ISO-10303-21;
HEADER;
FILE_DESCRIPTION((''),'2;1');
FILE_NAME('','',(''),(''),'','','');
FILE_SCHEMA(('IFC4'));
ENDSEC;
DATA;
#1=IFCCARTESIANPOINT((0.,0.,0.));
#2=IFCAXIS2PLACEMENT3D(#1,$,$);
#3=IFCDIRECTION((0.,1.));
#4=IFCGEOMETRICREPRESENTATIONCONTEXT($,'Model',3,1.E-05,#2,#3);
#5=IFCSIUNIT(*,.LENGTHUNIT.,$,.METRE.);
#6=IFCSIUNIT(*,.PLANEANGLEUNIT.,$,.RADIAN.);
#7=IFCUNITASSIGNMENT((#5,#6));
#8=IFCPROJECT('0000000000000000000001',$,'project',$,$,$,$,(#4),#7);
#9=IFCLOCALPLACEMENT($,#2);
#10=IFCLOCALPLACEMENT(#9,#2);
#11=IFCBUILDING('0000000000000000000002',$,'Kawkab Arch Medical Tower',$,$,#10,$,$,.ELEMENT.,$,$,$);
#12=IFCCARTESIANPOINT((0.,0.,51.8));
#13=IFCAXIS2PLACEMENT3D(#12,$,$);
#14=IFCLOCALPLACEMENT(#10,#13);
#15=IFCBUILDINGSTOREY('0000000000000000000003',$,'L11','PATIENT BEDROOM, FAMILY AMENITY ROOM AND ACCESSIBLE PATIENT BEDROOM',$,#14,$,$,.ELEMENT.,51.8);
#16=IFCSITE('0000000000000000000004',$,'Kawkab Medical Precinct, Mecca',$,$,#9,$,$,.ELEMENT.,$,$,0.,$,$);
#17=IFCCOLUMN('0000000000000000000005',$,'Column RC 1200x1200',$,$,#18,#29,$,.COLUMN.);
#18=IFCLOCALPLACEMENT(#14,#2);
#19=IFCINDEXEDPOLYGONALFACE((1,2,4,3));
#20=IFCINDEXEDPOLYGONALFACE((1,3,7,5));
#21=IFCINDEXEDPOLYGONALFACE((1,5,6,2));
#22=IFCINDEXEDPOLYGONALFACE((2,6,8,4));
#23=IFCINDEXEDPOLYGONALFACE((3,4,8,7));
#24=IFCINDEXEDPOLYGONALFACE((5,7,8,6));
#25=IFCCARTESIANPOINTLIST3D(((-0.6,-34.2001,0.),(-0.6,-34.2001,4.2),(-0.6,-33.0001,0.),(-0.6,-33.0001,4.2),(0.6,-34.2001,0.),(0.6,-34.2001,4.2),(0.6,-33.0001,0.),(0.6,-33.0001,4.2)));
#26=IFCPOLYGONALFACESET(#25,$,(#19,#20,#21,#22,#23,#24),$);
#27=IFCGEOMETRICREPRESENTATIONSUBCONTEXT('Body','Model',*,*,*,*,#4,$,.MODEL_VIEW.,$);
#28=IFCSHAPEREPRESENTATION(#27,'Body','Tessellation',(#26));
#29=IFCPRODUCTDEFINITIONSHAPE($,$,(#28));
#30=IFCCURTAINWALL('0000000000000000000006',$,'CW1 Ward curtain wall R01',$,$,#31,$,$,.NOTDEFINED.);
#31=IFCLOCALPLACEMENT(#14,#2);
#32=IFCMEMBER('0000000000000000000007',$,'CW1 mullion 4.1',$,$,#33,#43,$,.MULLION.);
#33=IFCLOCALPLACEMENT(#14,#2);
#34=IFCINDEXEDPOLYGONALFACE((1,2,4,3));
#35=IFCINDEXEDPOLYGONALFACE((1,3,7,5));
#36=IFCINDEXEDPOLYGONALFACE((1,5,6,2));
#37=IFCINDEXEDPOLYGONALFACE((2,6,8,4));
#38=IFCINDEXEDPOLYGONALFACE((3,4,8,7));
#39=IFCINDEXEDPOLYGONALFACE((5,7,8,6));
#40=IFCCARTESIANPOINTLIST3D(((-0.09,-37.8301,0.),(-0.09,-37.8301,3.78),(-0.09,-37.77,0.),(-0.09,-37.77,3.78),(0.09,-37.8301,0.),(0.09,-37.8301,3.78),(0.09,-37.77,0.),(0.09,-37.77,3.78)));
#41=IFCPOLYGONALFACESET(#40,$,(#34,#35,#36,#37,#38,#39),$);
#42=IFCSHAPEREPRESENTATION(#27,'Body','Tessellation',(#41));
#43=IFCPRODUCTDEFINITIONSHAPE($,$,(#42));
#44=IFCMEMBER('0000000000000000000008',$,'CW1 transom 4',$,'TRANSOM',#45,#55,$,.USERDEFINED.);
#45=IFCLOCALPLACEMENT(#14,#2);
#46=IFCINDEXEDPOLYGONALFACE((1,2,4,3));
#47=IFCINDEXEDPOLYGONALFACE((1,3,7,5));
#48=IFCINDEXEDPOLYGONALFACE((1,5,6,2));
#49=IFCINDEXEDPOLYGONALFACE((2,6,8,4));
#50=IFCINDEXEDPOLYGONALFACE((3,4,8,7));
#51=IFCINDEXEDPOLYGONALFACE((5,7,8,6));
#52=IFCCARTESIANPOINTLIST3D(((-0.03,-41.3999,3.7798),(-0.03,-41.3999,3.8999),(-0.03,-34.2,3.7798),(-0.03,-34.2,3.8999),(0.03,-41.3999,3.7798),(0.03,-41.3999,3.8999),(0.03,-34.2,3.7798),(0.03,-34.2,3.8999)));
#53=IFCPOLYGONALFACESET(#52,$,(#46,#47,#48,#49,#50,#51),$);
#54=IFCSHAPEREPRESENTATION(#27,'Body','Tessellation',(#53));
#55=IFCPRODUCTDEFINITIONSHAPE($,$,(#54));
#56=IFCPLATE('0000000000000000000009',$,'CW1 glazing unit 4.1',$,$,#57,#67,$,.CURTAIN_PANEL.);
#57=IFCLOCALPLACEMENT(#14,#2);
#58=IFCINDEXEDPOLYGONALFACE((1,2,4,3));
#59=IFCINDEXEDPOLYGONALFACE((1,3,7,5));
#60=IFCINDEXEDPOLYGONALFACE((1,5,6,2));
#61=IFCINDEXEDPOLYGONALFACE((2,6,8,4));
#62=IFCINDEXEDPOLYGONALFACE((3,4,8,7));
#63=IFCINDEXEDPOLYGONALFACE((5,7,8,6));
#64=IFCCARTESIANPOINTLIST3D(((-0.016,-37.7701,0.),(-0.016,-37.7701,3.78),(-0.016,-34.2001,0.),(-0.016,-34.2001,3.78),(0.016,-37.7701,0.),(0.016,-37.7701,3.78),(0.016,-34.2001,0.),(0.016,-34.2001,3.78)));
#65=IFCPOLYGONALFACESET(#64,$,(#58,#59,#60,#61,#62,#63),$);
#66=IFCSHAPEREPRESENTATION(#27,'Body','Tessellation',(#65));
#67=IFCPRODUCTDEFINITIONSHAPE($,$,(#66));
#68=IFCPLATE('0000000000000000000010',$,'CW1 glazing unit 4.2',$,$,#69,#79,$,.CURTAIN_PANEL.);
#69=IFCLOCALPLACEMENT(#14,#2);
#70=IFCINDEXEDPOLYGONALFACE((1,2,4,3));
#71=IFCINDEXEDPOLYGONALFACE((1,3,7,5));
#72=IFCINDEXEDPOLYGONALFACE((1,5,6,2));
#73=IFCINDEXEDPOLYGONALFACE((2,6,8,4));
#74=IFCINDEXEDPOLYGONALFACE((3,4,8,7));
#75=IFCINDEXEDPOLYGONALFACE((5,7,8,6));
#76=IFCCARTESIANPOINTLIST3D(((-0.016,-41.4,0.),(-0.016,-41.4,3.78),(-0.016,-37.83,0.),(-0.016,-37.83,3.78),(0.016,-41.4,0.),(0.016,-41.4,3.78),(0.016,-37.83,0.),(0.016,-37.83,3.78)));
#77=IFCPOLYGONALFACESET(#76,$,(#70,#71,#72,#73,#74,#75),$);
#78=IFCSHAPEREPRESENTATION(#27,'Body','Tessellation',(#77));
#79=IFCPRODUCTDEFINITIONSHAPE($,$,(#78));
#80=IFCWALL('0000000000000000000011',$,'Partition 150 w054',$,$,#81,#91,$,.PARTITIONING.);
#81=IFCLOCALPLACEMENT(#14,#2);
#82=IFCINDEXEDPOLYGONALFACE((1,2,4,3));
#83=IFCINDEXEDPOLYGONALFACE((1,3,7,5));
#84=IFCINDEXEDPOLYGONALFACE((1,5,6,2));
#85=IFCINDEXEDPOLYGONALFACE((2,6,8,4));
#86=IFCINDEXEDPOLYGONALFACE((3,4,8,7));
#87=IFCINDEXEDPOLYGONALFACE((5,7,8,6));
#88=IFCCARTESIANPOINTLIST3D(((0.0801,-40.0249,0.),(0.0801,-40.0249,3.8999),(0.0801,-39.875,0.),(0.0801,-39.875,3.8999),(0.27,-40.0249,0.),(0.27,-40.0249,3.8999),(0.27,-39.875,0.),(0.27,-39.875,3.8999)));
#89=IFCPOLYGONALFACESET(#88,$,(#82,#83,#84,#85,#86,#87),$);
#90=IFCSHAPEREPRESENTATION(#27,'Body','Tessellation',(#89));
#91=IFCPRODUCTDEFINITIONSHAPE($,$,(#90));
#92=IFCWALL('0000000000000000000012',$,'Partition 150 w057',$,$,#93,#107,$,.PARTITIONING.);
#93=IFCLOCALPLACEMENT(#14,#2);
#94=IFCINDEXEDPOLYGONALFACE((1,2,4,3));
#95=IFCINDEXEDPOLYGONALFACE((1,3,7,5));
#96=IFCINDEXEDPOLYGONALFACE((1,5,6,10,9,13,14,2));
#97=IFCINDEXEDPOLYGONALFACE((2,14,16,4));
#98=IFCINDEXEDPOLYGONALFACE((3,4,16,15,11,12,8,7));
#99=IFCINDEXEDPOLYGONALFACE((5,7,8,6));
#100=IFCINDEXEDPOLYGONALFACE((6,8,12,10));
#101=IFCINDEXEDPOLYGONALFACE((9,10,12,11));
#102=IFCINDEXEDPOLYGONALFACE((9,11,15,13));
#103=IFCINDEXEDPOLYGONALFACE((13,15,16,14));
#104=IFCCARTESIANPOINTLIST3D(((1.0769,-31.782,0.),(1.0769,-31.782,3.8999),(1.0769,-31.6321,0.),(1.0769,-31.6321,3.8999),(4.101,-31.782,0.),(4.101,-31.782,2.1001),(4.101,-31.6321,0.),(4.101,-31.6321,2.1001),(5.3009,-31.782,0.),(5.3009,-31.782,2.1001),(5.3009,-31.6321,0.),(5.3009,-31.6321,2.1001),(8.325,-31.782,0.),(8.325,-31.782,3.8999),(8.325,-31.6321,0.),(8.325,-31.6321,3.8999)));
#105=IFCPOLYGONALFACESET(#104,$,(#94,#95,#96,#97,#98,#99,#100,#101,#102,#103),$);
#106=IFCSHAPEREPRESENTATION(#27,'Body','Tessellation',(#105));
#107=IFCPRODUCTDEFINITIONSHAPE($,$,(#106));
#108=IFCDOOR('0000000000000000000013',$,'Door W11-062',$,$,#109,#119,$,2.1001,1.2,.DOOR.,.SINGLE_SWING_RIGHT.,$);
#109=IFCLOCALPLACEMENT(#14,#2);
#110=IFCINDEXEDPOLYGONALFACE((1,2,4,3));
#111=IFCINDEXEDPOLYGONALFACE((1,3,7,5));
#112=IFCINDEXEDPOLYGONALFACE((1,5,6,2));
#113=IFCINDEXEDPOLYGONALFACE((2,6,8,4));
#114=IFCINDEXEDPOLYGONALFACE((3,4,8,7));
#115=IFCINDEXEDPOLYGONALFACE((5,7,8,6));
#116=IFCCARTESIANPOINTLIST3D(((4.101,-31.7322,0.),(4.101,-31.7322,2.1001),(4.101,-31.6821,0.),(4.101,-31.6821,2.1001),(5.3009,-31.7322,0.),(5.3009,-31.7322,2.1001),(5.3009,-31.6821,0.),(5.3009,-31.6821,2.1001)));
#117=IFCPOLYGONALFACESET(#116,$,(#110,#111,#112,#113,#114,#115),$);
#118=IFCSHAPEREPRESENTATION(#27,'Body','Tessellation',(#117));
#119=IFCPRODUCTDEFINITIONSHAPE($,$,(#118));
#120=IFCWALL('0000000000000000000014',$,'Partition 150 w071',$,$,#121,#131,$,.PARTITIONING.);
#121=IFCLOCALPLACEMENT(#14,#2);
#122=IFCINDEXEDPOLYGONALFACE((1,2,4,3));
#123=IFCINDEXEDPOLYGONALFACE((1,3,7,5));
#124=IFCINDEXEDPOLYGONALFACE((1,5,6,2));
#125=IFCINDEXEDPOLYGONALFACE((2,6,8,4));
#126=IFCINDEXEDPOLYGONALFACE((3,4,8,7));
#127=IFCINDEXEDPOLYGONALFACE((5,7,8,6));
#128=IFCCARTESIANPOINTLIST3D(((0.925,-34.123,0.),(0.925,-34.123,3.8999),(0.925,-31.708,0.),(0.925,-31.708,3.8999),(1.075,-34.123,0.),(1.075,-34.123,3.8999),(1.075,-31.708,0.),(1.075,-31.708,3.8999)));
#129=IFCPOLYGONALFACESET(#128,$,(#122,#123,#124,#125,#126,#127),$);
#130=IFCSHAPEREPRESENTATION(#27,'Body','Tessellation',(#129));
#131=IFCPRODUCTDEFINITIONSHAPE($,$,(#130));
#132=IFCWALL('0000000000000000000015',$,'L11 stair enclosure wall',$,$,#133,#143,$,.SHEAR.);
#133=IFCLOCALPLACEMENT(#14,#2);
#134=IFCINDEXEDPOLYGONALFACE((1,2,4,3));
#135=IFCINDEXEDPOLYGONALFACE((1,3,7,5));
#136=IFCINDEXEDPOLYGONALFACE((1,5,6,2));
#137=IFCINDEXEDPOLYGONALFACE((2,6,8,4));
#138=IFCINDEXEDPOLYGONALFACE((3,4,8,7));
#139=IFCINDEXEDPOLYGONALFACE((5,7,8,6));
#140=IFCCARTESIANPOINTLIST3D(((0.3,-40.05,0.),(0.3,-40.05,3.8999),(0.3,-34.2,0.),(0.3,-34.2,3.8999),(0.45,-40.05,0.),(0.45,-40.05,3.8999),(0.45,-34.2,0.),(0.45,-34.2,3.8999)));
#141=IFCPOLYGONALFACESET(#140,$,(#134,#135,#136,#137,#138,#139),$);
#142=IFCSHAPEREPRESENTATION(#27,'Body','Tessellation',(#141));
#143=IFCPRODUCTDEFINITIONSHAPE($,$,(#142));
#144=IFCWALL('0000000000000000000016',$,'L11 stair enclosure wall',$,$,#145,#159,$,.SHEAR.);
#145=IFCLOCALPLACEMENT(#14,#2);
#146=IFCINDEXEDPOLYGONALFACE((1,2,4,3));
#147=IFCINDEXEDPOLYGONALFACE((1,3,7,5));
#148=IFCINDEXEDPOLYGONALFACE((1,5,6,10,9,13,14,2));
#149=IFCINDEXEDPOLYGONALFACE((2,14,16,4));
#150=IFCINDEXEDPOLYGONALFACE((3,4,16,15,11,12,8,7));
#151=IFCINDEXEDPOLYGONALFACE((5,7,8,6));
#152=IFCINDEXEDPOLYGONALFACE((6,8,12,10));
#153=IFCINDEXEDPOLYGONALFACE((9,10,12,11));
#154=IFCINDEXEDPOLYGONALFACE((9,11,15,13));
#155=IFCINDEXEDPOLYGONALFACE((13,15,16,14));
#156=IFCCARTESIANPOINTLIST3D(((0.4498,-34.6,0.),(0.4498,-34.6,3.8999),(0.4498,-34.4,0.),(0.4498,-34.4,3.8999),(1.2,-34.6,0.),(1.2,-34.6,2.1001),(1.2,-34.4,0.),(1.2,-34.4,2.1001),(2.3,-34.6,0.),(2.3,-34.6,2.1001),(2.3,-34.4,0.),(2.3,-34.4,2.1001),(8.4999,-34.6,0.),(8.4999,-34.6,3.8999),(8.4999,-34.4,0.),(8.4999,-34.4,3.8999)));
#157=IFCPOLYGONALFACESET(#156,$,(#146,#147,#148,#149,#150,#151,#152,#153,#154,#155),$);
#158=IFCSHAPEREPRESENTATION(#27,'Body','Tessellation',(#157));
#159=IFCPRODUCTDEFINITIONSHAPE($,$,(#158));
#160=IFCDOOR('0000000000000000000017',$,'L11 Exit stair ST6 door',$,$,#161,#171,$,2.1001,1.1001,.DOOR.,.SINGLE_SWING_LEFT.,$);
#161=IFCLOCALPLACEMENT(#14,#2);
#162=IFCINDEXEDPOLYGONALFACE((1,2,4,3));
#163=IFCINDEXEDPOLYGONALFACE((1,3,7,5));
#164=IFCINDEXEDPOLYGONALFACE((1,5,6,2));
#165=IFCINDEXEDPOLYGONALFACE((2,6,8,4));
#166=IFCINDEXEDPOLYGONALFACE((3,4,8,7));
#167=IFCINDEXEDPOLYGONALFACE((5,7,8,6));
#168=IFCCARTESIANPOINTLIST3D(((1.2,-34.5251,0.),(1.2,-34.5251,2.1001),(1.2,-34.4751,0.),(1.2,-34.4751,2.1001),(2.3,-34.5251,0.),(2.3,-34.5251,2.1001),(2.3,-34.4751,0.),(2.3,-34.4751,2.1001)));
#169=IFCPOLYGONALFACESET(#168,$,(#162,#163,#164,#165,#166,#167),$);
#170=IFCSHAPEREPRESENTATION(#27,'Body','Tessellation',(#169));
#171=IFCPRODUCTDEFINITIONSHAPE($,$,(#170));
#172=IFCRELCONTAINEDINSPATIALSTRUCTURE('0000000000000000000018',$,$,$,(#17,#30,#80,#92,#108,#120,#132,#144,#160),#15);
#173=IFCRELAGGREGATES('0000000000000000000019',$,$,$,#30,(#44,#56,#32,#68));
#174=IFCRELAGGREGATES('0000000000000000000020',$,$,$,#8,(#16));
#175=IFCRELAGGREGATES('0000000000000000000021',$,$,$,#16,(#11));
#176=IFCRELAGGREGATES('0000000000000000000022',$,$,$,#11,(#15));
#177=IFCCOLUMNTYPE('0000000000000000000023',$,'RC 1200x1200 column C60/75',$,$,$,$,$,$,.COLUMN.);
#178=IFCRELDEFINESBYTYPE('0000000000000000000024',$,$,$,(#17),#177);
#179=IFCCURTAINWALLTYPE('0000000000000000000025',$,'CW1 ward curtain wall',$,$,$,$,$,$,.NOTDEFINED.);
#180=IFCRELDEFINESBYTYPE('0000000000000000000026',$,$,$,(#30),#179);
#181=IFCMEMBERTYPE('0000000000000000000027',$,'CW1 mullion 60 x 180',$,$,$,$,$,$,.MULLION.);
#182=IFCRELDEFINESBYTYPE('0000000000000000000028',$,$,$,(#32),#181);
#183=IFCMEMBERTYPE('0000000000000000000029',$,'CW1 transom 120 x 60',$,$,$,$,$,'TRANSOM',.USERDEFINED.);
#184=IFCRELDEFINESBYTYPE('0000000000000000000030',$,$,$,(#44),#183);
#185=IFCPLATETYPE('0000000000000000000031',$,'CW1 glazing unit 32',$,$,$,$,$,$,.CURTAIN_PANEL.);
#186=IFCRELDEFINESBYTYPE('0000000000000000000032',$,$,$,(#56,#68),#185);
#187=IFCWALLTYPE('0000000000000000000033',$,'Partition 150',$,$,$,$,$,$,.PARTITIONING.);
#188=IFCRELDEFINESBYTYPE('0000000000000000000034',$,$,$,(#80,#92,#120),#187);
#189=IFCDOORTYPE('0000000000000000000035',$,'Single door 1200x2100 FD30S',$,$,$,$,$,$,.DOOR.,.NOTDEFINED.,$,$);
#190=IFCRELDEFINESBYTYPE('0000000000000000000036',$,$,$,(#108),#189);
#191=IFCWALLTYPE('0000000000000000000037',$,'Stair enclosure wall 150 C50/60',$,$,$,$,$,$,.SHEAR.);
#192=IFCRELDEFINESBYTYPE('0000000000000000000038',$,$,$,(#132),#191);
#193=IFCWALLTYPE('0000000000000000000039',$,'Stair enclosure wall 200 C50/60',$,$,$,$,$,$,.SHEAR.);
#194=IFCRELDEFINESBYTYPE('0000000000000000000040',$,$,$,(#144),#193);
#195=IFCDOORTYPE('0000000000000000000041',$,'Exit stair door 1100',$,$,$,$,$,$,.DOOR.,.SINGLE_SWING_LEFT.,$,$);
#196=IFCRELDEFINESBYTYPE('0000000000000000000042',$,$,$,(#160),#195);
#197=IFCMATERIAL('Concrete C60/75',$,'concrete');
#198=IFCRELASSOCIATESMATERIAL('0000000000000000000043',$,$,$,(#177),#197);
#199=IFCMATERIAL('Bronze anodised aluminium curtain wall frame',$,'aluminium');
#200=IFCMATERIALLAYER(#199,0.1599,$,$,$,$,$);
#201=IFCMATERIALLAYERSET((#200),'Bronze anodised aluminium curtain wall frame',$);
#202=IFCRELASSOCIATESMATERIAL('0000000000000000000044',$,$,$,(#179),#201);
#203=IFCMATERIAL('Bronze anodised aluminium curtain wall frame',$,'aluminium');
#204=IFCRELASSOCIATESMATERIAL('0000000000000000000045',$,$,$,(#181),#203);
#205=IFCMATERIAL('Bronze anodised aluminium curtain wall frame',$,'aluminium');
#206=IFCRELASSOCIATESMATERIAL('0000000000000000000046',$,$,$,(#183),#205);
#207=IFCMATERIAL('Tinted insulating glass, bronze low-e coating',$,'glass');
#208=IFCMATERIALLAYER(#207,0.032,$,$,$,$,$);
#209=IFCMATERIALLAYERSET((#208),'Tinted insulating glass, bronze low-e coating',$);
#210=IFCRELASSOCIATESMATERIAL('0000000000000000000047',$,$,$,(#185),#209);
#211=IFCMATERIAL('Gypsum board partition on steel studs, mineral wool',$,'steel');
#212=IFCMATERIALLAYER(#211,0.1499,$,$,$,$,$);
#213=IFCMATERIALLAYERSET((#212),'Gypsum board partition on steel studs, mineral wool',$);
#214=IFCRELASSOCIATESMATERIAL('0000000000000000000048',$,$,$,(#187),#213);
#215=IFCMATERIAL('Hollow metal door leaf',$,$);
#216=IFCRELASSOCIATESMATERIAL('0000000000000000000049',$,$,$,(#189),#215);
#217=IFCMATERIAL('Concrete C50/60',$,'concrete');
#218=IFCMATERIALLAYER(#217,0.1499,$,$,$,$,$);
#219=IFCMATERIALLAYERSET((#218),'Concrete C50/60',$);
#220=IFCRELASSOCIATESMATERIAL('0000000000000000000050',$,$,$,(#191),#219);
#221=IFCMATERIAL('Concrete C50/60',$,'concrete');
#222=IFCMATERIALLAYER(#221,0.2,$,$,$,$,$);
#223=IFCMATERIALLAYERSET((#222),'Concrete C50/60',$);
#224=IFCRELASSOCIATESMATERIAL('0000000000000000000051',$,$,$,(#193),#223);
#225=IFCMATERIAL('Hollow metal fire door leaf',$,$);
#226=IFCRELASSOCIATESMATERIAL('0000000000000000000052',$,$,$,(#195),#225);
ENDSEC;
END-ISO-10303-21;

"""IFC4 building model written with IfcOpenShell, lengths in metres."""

from ifc_helpers import new_model, si_unit, direction, frame, frame_2d, origin, origin_2d, place, context, subcontext, project, spatial, rectangle, extrude, material, layer, layer_set, material_profile, profile_set, type_object, element, fill, aggregate, save


model = new_model("IFC4")

# Units and contexts
model_context = context("Model", 3, precision=1e-05, world=origin(), true_north=direction((0.0, 1.0)))
body_context = subcontext(model_context, "Body", "Model", "MODEL_VIEW")
ifc_project = project(units=[si_unit("LENGTHUNIT", "METRE"), si_unit("PLANEANGLEUNIT", "RADIAN")], contexts=[model_context])

# Site, building, storey
site_placement = place(None, origin())
site = spatial("IfcSite", under=ifc_project, at=site_placement, Name="Kawkab Medical Precinct, Mecca", CompositionType="ELEMENT", RefElevation=0.0)
building_placement = place(site_placement, origin())
building = spatial("IfcBuilding", under=site, at=building_placement, Name="Kawkab Arch Medical Tower", CompositionType="ELEMENT")
storey_placement = place(building_placement, frame((0.0, 0.0, 51.8)))
storey = spatial("IfcBuildingStorey", under=building, at=storey_placement, Name="L11", Description="PATIENT BEDROOM, FAMILY AMENITY ROOM AND ACCESSIBLE PATIENT BEDROOM", CompositionType="ELEMENT", Elevation=51.8)

# Column
ifc_material_1 = material(Name="Concrete C60/75", Category="concrete")
ifc_material_profile_1 = material_profile(ifc_material_1, rectangle(XDim=1.2, YDim=1.2, at=origin_2d()), Name="RC 1200x1200")
ifc_profile_set_1 = profile_set([ifc_material_profile_1], Name="Concrete C60/75")
column_type = type_object("IfcColumnType", Name="RC 1200x1200 column C60/75", PredefinedType="COLUMN", material=ifc_profile_set_1)
column_placement = place(storey_placement, frame((0.0, -33.6001, 0.0), z_axis=(0.0, 0.0, 1.0), x_axis=(1.0, 0.0, 0.0)))
element("IfcColumn", 1, at=column_placement, inside=storey, type_object=column_type, Name="Column RC 1200x1200", PredefinedType="COLUMN", context=body_context, shape_type="SweptSolid", body=[
    extrude(rectangle(XDim=1.2, YDim=1.2, at=origin_2d()), origin(), (0.0, 0.0, 1.0), 4.2),
])

# Curtain wall, members, plates
ifc_material_2 = material(Name="Bronze anodised aluminium curtain wall frame", Category="aluminium")
ifc_layer_1 = layer(ifc_material_2, 0.1599)
ifc_layer_set_1 = layer_set([ifc_layer_1], Name="Bronze anodised aluminium curtain wall frame")
curtain_wall_type = type_object("IfcCurtainWallType", Name="CW1 ward curtain wall", PredefinedType="NOTDEFINED", material=ifc_layer_set_1)
curtain_wall_placement = place(storey_placement, origin())
curtain_wall = element("IfcCurtainWall", 2, at=curtain_wall_placement, inside=storey, type_object=curtain_wall_type, Name="CW1 Ward curtain wall R01", PredefinedType="NOTDEFINED")
ifc_material_3 = material(Name="Bronze anodised aluminium curtain wall frame", Category="aluminium")
ifc_material_profile_2 = material_profile(ifc_material_3, rectangle(XDim=0.1799, YDim=0.0601, at=origin_2d()), Name="AL 60x180")
ifc_profile_set_2 = profile_set([ifc_material_profile_2], Name="Bronze anodised aluminium curtain wall frame")
member_type_1 = type_object("IfcMemberType", Name="CW1 mullion 60 x 180", PredefinedType="MULLION", material=ifc_profile_set_2)
member_1_placement = place(storey_placement, frame((0.0, -37.8, 0.0), z_axis=(0.0, 0.0, 1.0), x_axis=(1.0, 0.0, 0.0)))
member_1 = element("IfcMember", 3, at=member_1_placement, type_object=member_type_1, Name="CW1 mullion 4.1", PredefinedType="MULLION", context=body_context, shape_type="SweptSolid", body=[
    extrude(rectangle(XDim=0.1799, YDim=0.0601, at=origin_2d()), origin(), (0.0, 0.0, 1.0), 3.78),
])
ifc_material_4 = material(Name="Bronze anodised aluminium curtain wall frame", Category="aluminium")
ifc_material_profile_3 = material_profile(ifc_material_4, rectangle(XDim=0.0601, YDim=0.1201, at=origin_2d()), Name="AL 60x120")
ifc_profile_set_3 = profile_set([ifc_material_profile_3], Name="Bronze anodised aluminium curtain wall frame")
member_type_2 = type_object("IfcMemberType", Name="CW1 transom 120 x 60", ElementType="TRANSOM", PredefinedType="USERDEFINED", material=ifc_profile_set_3)
member_2_placement = place(storey_placement, frame((0.0, -34.2, 3.8398), z_axis=(0.0, -1.0, 0.0), x_axis=(1.0, 0.0, 0.0)))
member_2 = element("IfcMember", 4, at=member_2_placement, type_object=member_type_2, Name="CW1 transom 4", ObjectType="TRANSOM", PredefinedType="USERDEFINED", context=body_context, shape_type="SweptSolid", body=[
    extrude(rectangle(XDim=0.0601, YDim=0.1201, at=origin_2d()), origin(), (0.0, 0.0, 1.0), 7.2),
])
ifc_material_5 = material(Name="Tinted insulating glass, bronze low-e coating", Category="glass")
ifc_layer_2 = layer(ifc_material_5, 0.032)
ifc_layer_set_2 = layer_set([ifc_layer_2], Name="Tinted insulating glass, bronze low-e coating")
plate_type = type_object("IfcPlateType", Name="CW1 glazing unit 32", PredefinedType="CURTAIN_PANEL", material=ifc_layer_set_2)
plate_1_placement = place(storey_placement, frame((0.0, -35.9851, 0.0), z_axis=(0.0, 0.0, 1.0), x_axis=(0.0, -1.0, 0.0)))
plate_1 = element("IfcPlate", 5, at=plate_1_placement, type_object=plate_type, Name="CW1 glazing unit 4.1", PredefinedType="CURTAIN_PANEL", context=body_context, shape_type="SweptSolid", body=[
    extrude(rectangle(XDim=3.5701, YDim=0.032, at=origin_2d()), origin(), (0.0, 0.0, 1.0), 3.78),
])
plate_2_placement = place(storey_placement, frame((0.0, -39.615, 0.0), z_axis=(0.0, 0.0, 1.0), x_axis=(0.0, -1.0, 0.0)))
plate_2 = element("IfcPlate", 6, at=plate_2_placement, type_object=plate_type, Name="CW1 glazing unit 4.2", PredefinedType="CURTAIN_PANEL", context=body_context, shape_type="SweptSolid", body=[
    extrude(rectangle(XDim=3.5701, YDim=0.032, at=origin_2d()), origin(), (0.0, 0.0, 1.0), 3.78),
])
aggregate(curtain_wall, [member_2, plate_1, member_1, plate_2])

# Wall
ifc_material_6 = material(Name="Gypsum board partition on steel studs, mineral wool", Category="steel")
ifc_layer_3 = layer(ifc_material_6, 0.1499)
ifc_layer_set_3 = layer_set([ifc_layer_3], Name="Gypsum board partition on steel studs, mineral wool")
wall_type_1 = type_object("IfcWallType", Name="Partition 150", PredefinedType="PARTITIONING", material=ifc_layer_set_3)
wall_1_placement = place(storey_placement, frame((0.0801, -39.95, 0.0), z_axis=(0.0, 0.0, 1.0), x_axis=(1.0, 0.0, 0.0)))
element("IfcWall", 7, at=wall_1_placement, inside=storey, type_object=wall_type_1, Name="Partition 150 w054", PredefinedType="PARTITIONING", context=body_context, shape_type="SweptSolid", body=[
    extrude(rectangle(XDim=0.1899, YDim=0.1499, at=frame_2d((0.095, 0.0))), origin(), (0.0, 0.0, 1.0), 3.8999),
])

# Wall, opening, door
wall_2_placement = place(storey_placement, frame((1.0769, -31.707, 0.0), z_axis=(0.0, 0.0, 1.0), x_axis=(1.0, 0.0, 0.0)))
wall_2 = element("IfcWall", 8, at=wall_2_placement, inside=storey, type_object=wall_type_1, Name="Partition 150 w057", PredefinedType="PARTITIONING", context=body_context, shape_type="SweptSolid", body=[
    extrude(rectangle(XDim=7.248, YDim=0.1499, at=frame_2d((3.624, 0.0))), origin(), (0.0, 0.0, 1.0), 3.8999),
])
opening_1_placement = place(wall_2_placement, frame((3.0239, 0.0, 0.0)))
opening_1 = element("IfcOpeningElement", 9, at=opening_1_placement, cuts=wall_2, PredefinedType="OPENING", context=body_context, shape_type="SweptSolid", body=[
    extrude(rectangle(XDim=1.2, YDim=2.1001, at=frame_2d((0.6001, 1.05))), frame((0.0, 0.085, 0.0), z_axis=(0.0, -1.0, 0.0), x_axis=(1.0, 0.0, 0.0)), (0.0, 0.0, 1.0), 0.1699),
])
ifc_material_7 = material(Name="Hollow metal door leaf")
door_type_1 = type_object("IfcDoorType", Name="Single door 1200x2100 FD30S", OperationType="NOTDEFINED", PredefinedType="DOOR", material=ifc_material_7)
door_1_placement = place(opening_1_placement, origin())
door_1 = element("IfcDoor", 10, at=door_1_placement, inside=storey, type_object=door_type_1, Name="Door W11-062", OperationType="SINGLE_SWING_RIGHT", OverallHeight=2.1001, OverallWidth=1.2, PredefinedType="DOOR", context=body_context, shape_type="SweptSolid", body=[
    extrude(rectangle(XDim=1.2, YDim=2.1001, at=frame_2d((0.6001, 1.05))), frame((0.0, 0.0249, 0.0), z_axis=(0.0, -1.0, 0.0), x_axis=(1.0, 0.0, 0.0)), (0.0, 0.0, 1.0), 0.05),
])
fill(opening_1, door_1)

# Walls
wall_3_placement = place(storey_placement, frame((1.0, -34.123, 0.0), z_axis=(0.0, 0.0, 1.0), x_axis=(0.0, 1.0, 0.0)))
element("IfcWall", 11, at=wall_3_placement, inside=storey, type_object=wall_type_1, Name="Partition 150 w071", PredefinedType="PARTITIONING", context=body_context, shape_type="SweptSolid", body=[
    extrude(rectangle(XDim=2.415, YDim=0.1499, at=frame_2d((1.2075, 0.0))), origin(), (0.0, 0.0, 1.0), 3.8999),
])
ifc_material_8 = material(Name="Concrete C50/60", Category="concrete")
ifc_layer_4 = layer(ifc_material_8, 0.1499)
ifc_layer_set_4 = layer_set([ifc_layer_4], Name="Concrete C50/60")
wall_type_2 = type_object("IfcWallType", Name="Stair enclosure wall 150 C50/60", PredefinedType="SHEAR", material=ifc_layer_set_4)
wall_4_placement = place(storey_placement, frame((0.375, -40.05, 0.0), z_axis=(0.0, 0.0, 1.0), x_axis=(0.0, 1.0, 0.0)))
element("IfcWall", 12, at=wall_4_placement, inside=storey, type_object=wall_type_2, Name="L11 stair enclosure wall", PredefinedType="SHEAR", context=body_context, shape_type="SweptSolid", body=[
    extrude(rectangle(XDim=5.8501, YDim=0.1499, at=frame_2d((2.925, 0.0))), origin(), (0.0, 0.0, 1.0), 3.8999),
])

# Wall, opening, door
ifc_material_9 = material(Name="Concrete C50/60", Category="concrete")
ifc_layer_5 = layer(ifc_material_9, 0.2)
ifc_layer_set_5 = layer_set([ifc_layer_5], Name="Concrete C50/60")
wall_type_3 = type_object("IfcWallType", Name="Stair enclosure wall 200 C50/60", PredefinedType="SHEAR", material=ifc_layer_set_5)
wall_5_placement = place(storey_placement, frame((0.45, -34.5, 0.0), z_axis=(0.0, 0.0, 1.0), x_axis=(1.0, 0.0, 0.0)))
wall_5 = element("IfcWall", 13, at=wall_5_placement, inside=storey, type_object=wall_type_3, Name="L11 stair enclosure wall", PredefinedType="SHEAR", context=body_context, shape_type="SweptSolid", body=[
    extrude(rectangle(XDim=8.05, YDim=0.2, at=frame_2d((4.0249, 0.0))), origin(), (0.0, 0.0, 1.0), 3.8999),
])
opening_2_placement = place(wall_5_placement, frame((0.75, 0.0, 0.0)))
opening_2 = element("IfcOpeningElement", 14, at=opening_2_placement, cuts=wall_5, PredefinedType="OPENING", context=body_context, shape_type="SweptSolid", body=[
    extrude(rectangle(XDim=1.1001, YDim=2.1001, at=frame_2d((0.55, 1.05))), frame((0.0, 0.1099, 0.0), z_axis=(0.0, -1.0, 0.0), x_axis=(1.0, 0.0, 0.0)), (0.0, 0.0, 1.0), 0.22),
])
ifc_material_10 = material(Name="Hollow metal fire door leaf")
door_type_2 = type_object("IfcDoorType", Name="Exit stair door 1100", OperationType="SINGLE_SWING_LEFT", PredefinedType="DOOR", material=ifc_material_10)
door_2_placement = place(opening_2_placement, origin())
door_2 = element("IfcDoor", 15, at=door_2_placement, inside=storey, type_object=door_type_2, Name="L11 Exit stair ST6 door", OperationType="SINGLE_SWING_LEFT", OverallHeight=2.1001, OverallWidth=1.1001, PredefinedType="DOOR", context=body_context, shape_type="SweptSolid", body=[
    extrude(rectangle(XDim=1.1001, YDim=2.1001, at=frame_2d((0.55, 1.05))), frame((0.0, 0.0249, 0.0), z_axis=(0.0, -1.0, 0.0), x_axis=(1.0, 0.0, 0.0)), (0.0, 0.0, 1.0), 0.05),
])
fill(opening_2, door_2)

save(model, "model.ifc")
